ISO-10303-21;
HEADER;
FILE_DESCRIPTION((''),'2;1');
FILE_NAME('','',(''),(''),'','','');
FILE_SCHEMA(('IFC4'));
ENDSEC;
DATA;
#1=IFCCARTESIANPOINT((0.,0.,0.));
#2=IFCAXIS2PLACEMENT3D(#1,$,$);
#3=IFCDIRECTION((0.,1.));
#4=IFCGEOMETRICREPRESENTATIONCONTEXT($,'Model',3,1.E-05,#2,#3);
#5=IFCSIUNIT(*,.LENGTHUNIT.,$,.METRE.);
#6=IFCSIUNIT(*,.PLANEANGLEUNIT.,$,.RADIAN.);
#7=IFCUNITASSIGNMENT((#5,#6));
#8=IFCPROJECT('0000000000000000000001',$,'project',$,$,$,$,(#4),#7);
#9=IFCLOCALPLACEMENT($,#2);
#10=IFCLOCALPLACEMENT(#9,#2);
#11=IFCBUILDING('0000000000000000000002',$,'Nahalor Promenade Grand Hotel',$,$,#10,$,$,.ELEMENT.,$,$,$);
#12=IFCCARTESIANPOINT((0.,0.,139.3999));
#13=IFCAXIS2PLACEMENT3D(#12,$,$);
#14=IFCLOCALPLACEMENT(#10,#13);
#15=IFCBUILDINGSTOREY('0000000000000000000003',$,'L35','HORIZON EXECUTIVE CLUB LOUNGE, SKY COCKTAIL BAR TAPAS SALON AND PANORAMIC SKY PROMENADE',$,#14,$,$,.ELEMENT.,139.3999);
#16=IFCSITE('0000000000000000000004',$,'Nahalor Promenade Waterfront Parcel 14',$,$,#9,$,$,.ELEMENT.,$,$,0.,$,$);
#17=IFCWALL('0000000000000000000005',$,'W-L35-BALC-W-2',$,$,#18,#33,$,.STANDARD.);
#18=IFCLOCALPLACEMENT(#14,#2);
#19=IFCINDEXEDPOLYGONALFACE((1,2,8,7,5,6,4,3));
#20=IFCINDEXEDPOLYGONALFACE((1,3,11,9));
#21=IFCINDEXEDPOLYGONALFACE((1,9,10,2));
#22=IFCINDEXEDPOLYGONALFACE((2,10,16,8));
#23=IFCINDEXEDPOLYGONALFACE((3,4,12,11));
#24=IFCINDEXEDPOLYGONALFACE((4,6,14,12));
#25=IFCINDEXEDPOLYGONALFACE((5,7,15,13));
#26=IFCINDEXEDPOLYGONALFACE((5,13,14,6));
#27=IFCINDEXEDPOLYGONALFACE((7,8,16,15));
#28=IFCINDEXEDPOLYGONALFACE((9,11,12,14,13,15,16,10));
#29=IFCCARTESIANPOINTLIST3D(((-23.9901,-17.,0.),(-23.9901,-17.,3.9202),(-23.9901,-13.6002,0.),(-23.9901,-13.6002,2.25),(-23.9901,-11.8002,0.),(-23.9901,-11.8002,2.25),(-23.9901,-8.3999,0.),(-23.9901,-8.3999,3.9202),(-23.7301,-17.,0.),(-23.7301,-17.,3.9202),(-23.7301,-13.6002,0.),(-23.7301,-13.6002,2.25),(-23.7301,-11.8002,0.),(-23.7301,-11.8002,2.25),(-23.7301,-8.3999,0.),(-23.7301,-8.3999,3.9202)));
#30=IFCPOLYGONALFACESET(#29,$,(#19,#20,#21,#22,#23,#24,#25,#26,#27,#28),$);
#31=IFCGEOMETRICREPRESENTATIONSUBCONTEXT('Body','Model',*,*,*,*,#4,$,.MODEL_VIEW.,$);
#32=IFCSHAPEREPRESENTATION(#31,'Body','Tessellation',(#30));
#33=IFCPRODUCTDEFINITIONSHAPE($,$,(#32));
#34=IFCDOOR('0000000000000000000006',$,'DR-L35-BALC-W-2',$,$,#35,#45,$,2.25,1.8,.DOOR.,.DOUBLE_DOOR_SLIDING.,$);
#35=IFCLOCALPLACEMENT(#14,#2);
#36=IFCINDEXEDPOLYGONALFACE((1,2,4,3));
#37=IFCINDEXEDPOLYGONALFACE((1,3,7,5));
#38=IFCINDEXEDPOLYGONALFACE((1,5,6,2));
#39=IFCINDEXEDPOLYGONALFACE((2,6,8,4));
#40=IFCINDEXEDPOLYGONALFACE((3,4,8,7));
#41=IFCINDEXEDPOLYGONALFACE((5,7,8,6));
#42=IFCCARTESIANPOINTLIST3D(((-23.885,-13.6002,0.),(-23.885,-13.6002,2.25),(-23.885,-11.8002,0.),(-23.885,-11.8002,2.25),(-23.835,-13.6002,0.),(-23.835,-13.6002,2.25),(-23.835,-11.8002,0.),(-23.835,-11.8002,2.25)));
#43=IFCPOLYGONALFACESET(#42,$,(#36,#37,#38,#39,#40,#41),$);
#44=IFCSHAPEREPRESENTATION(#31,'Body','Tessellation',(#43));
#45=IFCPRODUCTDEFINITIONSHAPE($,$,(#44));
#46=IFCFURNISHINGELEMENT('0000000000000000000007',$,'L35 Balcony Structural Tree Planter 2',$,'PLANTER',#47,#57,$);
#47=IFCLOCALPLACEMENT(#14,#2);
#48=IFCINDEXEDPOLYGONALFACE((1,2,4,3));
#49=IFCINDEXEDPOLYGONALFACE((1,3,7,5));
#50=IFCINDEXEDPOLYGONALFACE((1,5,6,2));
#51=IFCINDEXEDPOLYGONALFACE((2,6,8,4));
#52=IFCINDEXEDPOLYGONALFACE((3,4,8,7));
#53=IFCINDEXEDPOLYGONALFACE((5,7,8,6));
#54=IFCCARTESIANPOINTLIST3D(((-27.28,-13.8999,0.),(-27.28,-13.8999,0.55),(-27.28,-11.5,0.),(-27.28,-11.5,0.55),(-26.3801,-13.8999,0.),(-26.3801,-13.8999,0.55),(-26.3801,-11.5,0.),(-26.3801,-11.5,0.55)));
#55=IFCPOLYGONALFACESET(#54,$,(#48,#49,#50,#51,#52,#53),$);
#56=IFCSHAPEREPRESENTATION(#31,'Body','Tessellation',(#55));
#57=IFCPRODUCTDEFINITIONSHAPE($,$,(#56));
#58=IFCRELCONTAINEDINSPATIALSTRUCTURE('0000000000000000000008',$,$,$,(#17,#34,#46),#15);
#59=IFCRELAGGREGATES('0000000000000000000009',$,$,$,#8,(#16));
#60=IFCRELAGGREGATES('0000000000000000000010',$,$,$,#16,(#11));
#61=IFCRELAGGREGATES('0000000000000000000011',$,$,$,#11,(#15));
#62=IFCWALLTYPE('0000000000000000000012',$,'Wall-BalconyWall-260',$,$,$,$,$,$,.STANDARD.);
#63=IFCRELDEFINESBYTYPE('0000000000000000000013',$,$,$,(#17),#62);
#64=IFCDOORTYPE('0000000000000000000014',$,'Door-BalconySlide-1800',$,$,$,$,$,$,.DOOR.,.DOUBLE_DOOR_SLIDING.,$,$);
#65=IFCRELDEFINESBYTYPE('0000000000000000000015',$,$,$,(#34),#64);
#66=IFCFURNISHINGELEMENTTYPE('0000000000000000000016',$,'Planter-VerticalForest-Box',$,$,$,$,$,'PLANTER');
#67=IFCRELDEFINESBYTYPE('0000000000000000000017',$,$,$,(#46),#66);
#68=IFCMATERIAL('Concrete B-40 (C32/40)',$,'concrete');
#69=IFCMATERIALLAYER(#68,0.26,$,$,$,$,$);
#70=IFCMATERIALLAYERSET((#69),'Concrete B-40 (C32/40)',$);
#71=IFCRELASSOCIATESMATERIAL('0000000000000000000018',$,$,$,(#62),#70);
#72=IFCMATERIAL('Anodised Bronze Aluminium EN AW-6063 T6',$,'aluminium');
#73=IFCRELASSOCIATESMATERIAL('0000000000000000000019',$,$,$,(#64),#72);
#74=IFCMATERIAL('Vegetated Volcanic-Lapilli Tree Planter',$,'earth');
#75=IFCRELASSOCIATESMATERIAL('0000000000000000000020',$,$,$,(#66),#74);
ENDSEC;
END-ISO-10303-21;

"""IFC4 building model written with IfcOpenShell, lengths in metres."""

from ifc_helpers import new_model, si_unit, direction, frame, frame_2d, origin, origin_2d, place, context, subcontext, project, spatial, rectangle, extrude, source, transform, mapped, material, layer, layer_set, type_object, element, fill, save


model = new_model("IFC4")

# Units and contexts
model_context = context("Model", 3, precision=1e-05, world=origin(), true_north=direction((0.0, 1.0)))
body_context = subcontext(model_context, "Body", "Model", "MODEL_VIEW")
ifc_project = project(units=[si_unit("LENGTHUNIT", "METRE"), si_unit("PLANEANGLEUNIT", "RADIAN")], contexts=[model_context])

# Site, building, storey
site_placement = place(None, origin())
site = spatial("IfcSite", under=ifc_project, at=site_placement, Name="Nahalor Promenade Waterfront Parcel 14", CompositionType="ELEMENT", RefElevation=0.0)
building_placement = place(site_placement, origin())
building = spatial("IfcBuilding", under=site, at=building_placement, Name="Nahalor Promenade Grand Hotel", CompositionType="ELEMENT")
storey_placement = place(building_placement, frame((0.0, 0.0, 139.3999)))
storey = spatial("IfcBuildingStorey", under=building, at=storey_placement, Name="L35", Description="HORIZON EXECUTIVE CLUB LOUNGE, SKY COCKTAIL BAR TAPAS SALON AND PANORAMIC SKY PROMENADE", CompositionType="ELEMENT", Elevation=139.3999)

# Shared definitions
ifc_material_1 = material(Name="Anodised Bronze Aluminium EN AW-6063 T6", Category="aluminium")

# Wall, opening, door
ifc_material_2 = material(Name="Concrete B-40 (C32/40)", Category="concrete")
ifc_layer_1 = layer(ifc_material_2, 0.26)
ifc_layer_set_1 = layer_set([ifc_layer_1], Name="Concrete B-40 (C32/40)")
wall_type = type_object("IfcWallType", Name="Wall-BalconyWall-260", PredefinedType="STANDARD", material=ifc_layer_set_1)
shared_shape_1 = source(origin(), body_context, "Body", "SweptSolid", [
    extrude(rectangle(XDim=8.6001, YDim=0.26, at=frame_2d((4.3, 0.0))), origin(), (0.0, 0.0, 1.0), 3.9202),
])
wall_placement = place(storey_placement, frame((-23.8601, -17.0, 0.0), z_axis=(0.0, 0.0, 1.0), x_axis=(0.0, 1.0, 0.0)))
wall = element("IfcWall", 1, at=wall_placement, inside=storey, type_object=wall_type, Name="W-L35-BALC-W-2", PredefinedType="STANDARD", context=body_context, shape_type="MappedRepresentation", body=[
    mapped(shared_shape_1, transform((0.0, 0.0, 0.0), scale=1.0)),
])
opening_placement = place(wall_placement, frame((3.3999, 0.0, 0.0)))
opening = element("IfcOpeningElement", 2, at=opening_placement, cuts=wall, PredefinedType="OPENING", context=body_context, shape_type="SweptSolid", body=[
    extrude(rectangle(XDim=1.8, YDim=2.25, at=frame_2d((0.8999, 1.125))), frame((0.0, 0.1399, 0.0), z_axis=(0.0, -1.0, 0.0), x_axis=(1.0, 0.0, 0.0)), (0.0, 0.0, 1.0), 0.28),
])
door_type = type_object("IfcDoorType", Name="Door-BalconySlide-1800", OperationType="DOUBLE_DOOR_SLIDING", PredefinedType="DOOR", material=ifc_material_1)
shared_shape_2 = source(origin(), body_context, "Body", "SweptSolid", [
    extrude(rectangle(XDim=1.8, YDim=2.25, at=frame_2d((0.8999, 1.125))), frame((0.0, 0.0249, 0.0), z_axis=(0.0, -1.0, 0.0), x_axis=(1.0, 0.0, 0.0)), (0.0, 0.0, 1.0), 0.05),
])
door_placement = place(opening_placement, origin())
door = element("IfcDoor", 3, at=door_placement, inside=storey, type_object=door_type, Name="DR-L35-BALC-W-2", OperationType="DOUBLE_DOOR_SLIDING", OverallHeight=2.25, OverallWidth=1.8, PredefinedType="DOOR", context=body_context, shape_type="MappedRepresentation", body=[
    mapped(shared_shape_2, transform((0.0, 0.0, 0.0), scale=1.0)),
])
fill(opening, door)

# Furnishing element
ifc_material_3 = material(Name="Vegetated Volcanic-Lapilli Tree Planter", Category="earth")
furnishing_element_type = type_object("IfcFurnishingElementType", Name="Planter-VerticalForest-Box", ElementType="PLANTER", material=ifc_material_3)
shared_shape_3 = source(origin(), body_context, "Body", "SweptSolid", [
    extrude(rectangle(XDim=2.3999, YDim=0.8999, at=origin_2d()), origin(), (0.0, 0.0, 1.0), 0.55),
])
furnishing_placement = place(storey_placement, frame((-26.8301, -12.7, 0.0), z_axis=(0.0, 0.0, 1.0), x_axis=(0.0, 1.0, 0.0)))
element("IfcFurnishingElement", 4, at=furnishing_placement, inside=storey, type_object=furnishing_element_type, Name="L35 Balcony Structural Tree Planter 2", ObjectType="PLANTER", context=body_context, shape_type="MappedRepresentation", body=[
    mapped(shared_shape_3, transform((0.0, 0.0, 0.0), scale=1.0)),
])

save(model, "model.ifc")
